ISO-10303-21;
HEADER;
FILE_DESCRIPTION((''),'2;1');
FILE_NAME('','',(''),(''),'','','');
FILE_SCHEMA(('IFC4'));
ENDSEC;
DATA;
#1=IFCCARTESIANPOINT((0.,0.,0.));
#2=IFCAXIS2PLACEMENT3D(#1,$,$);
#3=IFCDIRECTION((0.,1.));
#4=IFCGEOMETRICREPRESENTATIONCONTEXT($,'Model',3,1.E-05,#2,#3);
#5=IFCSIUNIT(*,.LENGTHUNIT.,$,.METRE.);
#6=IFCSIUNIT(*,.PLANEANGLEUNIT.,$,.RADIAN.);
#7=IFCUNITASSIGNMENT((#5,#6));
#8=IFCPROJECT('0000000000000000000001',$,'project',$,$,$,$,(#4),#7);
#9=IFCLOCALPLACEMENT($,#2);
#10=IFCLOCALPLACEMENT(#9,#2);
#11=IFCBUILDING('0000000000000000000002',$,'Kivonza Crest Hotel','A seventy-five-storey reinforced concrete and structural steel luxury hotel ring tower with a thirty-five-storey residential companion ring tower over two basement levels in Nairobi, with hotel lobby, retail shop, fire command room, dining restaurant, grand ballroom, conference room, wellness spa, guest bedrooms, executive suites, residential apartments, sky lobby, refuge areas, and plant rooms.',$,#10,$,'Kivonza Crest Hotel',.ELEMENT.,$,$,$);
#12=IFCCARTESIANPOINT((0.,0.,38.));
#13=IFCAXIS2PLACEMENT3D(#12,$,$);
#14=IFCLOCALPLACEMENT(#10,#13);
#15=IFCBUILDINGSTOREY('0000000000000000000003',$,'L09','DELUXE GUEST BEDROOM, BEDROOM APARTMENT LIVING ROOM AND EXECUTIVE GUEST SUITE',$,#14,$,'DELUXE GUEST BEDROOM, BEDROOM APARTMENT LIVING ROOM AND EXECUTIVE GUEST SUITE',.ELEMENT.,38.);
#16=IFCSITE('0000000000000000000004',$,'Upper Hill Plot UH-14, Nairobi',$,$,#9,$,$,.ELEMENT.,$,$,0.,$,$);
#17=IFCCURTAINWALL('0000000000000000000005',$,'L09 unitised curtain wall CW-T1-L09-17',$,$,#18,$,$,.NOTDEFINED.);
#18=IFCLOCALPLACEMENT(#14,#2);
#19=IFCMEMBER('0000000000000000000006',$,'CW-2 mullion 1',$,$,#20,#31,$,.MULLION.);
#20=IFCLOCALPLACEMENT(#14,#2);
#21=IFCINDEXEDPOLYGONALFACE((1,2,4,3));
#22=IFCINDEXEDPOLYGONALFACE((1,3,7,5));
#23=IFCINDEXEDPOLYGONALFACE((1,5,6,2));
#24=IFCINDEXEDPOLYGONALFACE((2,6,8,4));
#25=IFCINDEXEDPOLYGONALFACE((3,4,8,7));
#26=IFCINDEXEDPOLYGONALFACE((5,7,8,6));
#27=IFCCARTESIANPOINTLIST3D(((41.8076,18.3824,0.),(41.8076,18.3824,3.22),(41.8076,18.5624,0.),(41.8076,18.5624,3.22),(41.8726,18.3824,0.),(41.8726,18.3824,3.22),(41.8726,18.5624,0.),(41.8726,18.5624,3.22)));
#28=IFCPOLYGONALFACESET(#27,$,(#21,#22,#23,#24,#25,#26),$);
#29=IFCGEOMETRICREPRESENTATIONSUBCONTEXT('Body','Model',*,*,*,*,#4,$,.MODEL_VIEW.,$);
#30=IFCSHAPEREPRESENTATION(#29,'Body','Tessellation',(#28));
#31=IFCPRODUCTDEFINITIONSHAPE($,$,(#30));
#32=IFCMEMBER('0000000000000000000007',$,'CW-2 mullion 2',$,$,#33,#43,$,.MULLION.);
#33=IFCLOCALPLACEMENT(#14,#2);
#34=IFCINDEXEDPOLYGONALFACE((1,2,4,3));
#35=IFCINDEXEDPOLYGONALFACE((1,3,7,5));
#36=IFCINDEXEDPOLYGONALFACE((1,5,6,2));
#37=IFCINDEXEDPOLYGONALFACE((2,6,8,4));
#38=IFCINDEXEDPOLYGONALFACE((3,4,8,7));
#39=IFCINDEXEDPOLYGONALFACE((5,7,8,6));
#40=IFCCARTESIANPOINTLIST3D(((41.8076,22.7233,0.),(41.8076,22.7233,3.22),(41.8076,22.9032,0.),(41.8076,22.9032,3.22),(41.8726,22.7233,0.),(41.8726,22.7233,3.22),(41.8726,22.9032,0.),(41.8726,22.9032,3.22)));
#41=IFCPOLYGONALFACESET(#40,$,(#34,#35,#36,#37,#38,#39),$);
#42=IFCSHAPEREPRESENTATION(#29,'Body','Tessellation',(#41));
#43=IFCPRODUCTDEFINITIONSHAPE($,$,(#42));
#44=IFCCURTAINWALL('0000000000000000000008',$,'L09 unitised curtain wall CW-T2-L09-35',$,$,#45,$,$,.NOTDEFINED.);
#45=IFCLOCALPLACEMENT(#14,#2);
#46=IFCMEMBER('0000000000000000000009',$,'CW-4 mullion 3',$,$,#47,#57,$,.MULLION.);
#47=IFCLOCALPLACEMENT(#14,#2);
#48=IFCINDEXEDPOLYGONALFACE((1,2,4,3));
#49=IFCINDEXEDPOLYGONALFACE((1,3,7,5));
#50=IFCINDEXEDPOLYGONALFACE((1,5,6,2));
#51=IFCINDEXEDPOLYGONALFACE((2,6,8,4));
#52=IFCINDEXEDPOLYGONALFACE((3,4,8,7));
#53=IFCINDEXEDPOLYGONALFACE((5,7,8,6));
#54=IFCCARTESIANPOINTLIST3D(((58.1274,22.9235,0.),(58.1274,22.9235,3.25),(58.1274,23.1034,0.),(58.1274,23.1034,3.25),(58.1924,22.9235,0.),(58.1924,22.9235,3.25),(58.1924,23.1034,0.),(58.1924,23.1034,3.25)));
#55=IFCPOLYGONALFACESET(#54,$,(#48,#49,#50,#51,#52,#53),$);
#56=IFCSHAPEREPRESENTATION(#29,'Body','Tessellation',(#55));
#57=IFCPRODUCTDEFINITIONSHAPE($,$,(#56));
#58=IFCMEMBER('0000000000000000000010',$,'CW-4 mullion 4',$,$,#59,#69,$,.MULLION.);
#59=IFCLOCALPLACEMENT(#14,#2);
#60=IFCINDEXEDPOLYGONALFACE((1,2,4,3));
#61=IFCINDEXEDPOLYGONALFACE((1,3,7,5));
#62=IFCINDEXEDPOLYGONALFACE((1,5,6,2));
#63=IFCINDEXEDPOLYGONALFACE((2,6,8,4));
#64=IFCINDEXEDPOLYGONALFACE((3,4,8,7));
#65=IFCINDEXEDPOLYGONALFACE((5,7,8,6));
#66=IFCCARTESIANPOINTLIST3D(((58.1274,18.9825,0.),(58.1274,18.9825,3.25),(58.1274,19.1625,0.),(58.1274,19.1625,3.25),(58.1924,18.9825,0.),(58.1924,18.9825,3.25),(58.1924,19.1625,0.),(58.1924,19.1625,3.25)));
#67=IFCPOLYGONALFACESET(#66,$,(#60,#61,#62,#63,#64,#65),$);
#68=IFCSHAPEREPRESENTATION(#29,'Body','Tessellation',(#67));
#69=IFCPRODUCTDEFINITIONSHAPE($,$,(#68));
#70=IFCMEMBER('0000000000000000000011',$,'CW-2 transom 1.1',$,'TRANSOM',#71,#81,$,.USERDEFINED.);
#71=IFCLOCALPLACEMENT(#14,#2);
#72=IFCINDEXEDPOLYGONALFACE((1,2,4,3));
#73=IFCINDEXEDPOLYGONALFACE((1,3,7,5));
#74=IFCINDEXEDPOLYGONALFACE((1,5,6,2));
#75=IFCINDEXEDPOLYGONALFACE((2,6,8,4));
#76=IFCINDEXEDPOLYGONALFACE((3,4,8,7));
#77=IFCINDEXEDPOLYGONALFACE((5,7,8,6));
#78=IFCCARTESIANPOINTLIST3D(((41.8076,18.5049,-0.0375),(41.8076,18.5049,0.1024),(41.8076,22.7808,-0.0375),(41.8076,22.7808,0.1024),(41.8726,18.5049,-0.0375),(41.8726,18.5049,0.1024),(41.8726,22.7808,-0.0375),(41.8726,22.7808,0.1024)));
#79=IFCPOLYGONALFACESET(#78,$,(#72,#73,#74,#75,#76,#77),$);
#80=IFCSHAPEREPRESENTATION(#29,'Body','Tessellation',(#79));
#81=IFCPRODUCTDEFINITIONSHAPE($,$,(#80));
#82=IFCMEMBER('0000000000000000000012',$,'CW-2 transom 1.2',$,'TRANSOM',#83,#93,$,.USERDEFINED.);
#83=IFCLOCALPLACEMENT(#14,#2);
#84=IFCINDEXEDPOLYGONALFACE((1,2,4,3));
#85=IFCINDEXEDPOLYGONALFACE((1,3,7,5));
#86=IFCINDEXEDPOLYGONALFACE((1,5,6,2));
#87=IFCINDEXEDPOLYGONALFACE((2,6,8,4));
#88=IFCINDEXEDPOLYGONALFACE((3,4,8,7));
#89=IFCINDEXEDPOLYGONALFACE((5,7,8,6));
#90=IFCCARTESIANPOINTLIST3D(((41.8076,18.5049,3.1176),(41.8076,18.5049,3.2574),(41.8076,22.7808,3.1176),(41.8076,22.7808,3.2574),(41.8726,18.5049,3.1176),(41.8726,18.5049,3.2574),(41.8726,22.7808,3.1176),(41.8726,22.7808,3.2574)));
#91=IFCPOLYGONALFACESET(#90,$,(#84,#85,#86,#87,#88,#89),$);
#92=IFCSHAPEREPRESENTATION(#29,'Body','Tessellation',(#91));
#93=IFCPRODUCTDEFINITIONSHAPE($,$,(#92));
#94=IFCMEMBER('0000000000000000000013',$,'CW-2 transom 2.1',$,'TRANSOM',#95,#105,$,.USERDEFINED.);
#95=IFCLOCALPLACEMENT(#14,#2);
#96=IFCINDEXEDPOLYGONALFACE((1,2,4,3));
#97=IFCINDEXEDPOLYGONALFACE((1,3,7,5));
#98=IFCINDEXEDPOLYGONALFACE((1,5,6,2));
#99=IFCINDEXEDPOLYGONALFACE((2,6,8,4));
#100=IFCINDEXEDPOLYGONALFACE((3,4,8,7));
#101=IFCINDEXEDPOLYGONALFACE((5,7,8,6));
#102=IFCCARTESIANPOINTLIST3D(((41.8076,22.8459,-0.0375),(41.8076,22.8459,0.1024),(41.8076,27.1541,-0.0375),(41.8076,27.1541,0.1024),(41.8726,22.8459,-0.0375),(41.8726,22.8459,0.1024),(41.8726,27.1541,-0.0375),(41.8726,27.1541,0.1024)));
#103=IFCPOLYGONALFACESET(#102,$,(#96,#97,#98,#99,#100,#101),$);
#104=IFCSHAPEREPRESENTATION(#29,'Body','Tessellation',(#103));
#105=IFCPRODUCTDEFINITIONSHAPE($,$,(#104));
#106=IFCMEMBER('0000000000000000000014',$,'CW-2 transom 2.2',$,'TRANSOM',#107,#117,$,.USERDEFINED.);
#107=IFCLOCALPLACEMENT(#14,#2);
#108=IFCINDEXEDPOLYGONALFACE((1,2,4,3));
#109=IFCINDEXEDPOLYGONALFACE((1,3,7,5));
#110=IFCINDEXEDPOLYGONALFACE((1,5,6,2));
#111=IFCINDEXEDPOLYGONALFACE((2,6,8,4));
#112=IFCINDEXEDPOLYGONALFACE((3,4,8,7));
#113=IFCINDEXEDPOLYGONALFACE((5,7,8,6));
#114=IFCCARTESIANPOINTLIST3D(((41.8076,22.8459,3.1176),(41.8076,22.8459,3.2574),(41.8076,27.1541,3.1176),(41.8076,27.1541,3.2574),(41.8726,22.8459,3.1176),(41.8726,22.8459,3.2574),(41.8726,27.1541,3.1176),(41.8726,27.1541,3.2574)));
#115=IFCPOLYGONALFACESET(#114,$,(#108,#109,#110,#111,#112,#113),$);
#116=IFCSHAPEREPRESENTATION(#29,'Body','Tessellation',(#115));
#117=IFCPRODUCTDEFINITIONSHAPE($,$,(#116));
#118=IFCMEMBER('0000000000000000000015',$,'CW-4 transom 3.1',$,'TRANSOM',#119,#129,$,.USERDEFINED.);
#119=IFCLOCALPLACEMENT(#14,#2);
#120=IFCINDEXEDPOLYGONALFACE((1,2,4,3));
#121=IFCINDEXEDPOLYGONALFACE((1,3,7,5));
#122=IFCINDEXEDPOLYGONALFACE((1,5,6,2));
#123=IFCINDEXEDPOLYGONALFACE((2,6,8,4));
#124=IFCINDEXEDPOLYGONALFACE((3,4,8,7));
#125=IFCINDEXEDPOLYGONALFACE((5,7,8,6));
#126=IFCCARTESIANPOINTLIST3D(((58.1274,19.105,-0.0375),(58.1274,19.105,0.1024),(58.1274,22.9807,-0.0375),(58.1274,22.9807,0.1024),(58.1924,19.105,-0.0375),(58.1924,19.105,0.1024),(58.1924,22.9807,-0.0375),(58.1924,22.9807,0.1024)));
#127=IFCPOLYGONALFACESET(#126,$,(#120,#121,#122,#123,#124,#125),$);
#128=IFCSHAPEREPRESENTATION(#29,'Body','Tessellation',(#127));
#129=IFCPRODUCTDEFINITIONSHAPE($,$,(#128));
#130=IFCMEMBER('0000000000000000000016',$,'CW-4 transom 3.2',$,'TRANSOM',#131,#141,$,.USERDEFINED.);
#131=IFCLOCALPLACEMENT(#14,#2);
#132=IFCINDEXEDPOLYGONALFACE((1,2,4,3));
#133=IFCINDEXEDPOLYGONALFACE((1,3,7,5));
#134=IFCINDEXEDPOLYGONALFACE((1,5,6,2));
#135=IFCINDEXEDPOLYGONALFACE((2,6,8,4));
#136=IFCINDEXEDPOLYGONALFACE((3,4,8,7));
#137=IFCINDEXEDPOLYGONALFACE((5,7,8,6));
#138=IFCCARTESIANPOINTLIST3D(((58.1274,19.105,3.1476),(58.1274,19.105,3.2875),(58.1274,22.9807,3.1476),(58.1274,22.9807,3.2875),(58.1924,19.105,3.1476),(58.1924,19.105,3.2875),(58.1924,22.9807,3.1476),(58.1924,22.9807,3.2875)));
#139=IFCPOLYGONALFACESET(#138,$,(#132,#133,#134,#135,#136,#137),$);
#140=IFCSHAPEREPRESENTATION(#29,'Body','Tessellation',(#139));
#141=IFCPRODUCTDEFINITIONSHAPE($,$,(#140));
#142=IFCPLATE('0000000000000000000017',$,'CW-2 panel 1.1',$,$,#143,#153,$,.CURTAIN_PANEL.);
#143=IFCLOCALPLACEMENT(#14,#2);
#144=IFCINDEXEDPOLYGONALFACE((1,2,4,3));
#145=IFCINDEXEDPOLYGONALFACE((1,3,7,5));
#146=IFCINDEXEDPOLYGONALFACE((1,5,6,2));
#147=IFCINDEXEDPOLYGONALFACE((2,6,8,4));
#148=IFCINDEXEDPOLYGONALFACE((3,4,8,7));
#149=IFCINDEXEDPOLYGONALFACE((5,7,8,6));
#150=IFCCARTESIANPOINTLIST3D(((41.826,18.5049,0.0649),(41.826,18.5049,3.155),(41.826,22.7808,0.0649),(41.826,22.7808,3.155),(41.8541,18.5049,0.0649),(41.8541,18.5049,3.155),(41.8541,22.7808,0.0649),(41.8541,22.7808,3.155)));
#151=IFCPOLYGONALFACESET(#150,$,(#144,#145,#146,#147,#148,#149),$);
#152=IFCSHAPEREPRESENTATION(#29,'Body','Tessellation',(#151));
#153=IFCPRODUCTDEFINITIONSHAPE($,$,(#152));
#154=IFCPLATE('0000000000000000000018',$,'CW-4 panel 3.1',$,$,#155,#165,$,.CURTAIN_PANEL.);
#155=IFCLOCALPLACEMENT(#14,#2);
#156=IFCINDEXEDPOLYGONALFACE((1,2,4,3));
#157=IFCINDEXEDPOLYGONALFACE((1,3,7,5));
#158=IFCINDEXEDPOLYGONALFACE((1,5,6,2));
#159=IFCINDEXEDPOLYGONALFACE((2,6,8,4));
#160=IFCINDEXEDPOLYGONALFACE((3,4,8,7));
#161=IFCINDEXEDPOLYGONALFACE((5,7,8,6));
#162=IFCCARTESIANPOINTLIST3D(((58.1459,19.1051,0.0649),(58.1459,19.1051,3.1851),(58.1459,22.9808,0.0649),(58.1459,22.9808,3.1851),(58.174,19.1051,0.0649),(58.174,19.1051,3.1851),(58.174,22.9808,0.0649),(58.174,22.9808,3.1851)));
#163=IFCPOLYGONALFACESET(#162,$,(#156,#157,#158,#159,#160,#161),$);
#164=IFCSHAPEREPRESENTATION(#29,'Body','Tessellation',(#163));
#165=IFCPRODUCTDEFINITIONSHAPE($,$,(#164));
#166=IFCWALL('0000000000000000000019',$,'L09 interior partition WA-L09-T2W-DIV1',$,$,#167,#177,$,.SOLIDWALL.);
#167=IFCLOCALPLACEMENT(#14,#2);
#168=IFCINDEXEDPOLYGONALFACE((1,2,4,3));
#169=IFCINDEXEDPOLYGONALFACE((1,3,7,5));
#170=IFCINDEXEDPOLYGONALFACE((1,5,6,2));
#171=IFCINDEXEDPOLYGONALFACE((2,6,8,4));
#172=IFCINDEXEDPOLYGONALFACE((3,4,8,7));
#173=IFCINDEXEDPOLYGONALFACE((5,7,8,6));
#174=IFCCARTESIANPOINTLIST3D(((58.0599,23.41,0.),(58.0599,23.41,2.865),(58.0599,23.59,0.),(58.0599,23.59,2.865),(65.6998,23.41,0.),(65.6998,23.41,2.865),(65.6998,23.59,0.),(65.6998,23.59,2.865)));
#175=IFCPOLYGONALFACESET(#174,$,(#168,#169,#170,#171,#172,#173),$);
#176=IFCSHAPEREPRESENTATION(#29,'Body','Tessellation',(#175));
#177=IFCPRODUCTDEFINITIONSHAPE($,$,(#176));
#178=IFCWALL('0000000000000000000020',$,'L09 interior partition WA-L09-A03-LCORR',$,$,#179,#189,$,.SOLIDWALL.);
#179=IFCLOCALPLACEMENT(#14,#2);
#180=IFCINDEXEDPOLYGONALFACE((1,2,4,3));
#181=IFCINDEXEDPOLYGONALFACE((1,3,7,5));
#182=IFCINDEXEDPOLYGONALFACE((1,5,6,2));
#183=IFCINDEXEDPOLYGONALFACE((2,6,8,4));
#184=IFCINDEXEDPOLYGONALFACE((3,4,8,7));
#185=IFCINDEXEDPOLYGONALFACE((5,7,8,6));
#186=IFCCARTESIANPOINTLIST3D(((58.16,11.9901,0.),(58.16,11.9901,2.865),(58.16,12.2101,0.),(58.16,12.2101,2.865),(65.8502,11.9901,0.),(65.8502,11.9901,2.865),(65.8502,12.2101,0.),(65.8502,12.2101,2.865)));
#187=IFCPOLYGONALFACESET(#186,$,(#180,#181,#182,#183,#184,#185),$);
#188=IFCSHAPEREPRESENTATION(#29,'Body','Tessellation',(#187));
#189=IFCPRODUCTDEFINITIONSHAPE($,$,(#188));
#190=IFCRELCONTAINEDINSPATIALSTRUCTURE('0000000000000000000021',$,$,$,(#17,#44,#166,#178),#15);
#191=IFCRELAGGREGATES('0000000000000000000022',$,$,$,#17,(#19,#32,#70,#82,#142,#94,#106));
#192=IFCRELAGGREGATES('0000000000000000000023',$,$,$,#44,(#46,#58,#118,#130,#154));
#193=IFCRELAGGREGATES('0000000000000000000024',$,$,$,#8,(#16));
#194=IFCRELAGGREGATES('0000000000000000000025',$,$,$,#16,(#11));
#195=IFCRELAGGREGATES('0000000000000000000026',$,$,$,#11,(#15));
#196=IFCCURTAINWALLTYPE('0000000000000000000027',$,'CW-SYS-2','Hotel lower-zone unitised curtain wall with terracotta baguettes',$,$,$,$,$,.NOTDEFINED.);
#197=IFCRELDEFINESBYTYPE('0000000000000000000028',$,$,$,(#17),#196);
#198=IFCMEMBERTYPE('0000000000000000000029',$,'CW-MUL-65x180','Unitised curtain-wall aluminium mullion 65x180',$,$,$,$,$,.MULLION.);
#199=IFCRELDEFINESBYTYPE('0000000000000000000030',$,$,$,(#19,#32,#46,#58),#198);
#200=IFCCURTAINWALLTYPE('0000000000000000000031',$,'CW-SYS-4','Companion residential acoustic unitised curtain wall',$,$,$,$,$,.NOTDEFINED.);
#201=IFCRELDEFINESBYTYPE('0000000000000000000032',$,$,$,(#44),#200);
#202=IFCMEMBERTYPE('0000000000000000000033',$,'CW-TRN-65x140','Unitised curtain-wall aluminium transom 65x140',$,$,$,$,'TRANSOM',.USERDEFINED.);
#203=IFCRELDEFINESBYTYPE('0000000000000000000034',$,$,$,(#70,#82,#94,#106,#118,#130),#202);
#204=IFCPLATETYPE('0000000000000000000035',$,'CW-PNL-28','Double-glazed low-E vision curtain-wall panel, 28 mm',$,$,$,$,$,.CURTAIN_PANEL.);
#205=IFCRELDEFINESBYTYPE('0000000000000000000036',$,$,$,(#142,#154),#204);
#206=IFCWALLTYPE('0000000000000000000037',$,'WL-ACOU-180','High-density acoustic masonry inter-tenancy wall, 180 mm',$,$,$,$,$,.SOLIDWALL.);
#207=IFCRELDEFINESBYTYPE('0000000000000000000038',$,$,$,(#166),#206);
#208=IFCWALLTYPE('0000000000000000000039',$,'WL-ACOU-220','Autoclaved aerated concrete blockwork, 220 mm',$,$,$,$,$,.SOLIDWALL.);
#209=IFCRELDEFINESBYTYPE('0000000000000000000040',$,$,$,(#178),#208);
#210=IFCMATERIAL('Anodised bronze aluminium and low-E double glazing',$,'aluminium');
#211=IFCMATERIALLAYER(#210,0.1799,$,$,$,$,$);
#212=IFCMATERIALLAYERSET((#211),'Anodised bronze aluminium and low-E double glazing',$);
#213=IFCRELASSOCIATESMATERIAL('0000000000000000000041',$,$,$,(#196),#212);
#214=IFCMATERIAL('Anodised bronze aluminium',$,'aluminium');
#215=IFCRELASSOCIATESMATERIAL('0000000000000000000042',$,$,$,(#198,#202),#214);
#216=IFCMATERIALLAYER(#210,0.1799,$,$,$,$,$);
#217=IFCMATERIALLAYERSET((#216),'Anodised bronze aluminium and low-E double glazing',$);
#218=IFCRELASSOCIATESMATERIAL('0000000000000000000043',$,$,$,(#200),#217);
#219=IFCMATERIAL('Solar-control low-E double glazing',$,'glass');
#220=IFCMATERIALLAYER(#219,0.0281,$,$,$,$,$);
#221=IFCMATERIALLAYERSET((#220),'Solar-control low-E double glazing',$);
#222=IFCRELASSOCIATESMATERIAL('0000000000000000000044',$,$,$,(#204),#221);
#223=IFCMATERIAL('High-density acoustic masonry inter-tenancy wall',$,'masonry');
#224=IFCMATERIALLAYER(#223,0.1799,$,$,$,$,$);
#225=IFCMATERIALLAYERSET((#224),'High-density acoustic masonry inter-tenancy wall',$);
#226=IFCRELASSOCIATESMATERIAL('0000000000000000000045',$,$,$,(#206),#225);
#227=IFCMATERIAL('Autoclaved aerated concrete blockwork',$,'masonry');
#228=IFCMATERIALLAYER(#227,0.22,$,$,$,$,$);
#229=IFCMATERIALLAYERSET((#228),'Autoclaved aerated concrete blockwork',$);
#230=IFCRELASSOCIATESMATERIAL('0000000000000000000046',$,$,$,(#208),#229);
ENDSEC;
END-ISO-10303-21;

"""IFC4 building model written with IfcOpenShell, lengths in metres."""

from ifc_helpers import new_model, si_unit, direction, frame, frame_2d, origin, origin_2d, place, context, subcontext, project, spatial, rectangle, extrude, material, layer, layer_set, material_profile, profile_set, type_object, element, aggregate, save


model = new_model("IFC4")

# Units and contexts
model_context = context("Model", 3, precision=1e-05, world=origin(), true_north=direction((0.0, 1.0)))
body_context = subcontext(model_context, "Body", "Model", "MODEL_VIEW")
ifc_project = project(units=[si_unit("LENGTHUNIT", "METRE"), si_unit("PLANEANGLEUNIT", "RADIAN")], contexts=[model_context])

# Site, building, storey
site_placement = place(None, origin())
site = spatial("IfcSite", under=ifc_project, at=site_placement, Name="Upper Hill Plot UH-14, Nairobi", CompositionType="ELEMENT", RefElevation=0.0)
building_placement = place(site_placement, origin())
building = spatial("IfcBuilding", under=site, at=building_placement, Name="Kivonza Crest Hotel", Description="A seventy-five-storey reinforced concrete and structural steel luxury hotel ring tower with a thirty-five-storey residential companion ring tower over two basement levels in Nairobi, with hotel lobby, retail shop, fire command room, dining restaurant, grand ballroom, conference room, wellness spa, guest bedrooms, executive suites, residential apartments, sky lobby, refuge areas, and plant rooms.", LongName="Kivonza Crest Hotel", CompositionType="ELEMENT")
storey_placement = place(building_placement, frame((0.0, 0.0, 38.0)))
storey = spatial("IfcBuildingStorey", under=building, at=storey_placement, Name="L09", Description="DELUXE GUEST BEDROOM, BEDROOM APARTMENT LIVING ROOM AND EXECUTIVE GUEST SUITE", LongName="DELUXE GUEST BEDROOM, BEDROOM APARTMENT LIVING ROOM AND EXECUTIVE GUEST SUITE", CompositionType="ELEMENT", Elevation=38.0)

# Curtain walls, members
ifc_material_1 = material(Name="Anodised bronze aluminium and low-E double glazing", Category="aluminium")
ifc_layer_1 = layer(ifc_material_1, 0.1799)
ifc_layer_set_1 = layer_set([ifc_layer_1], Name="Anodised bronze aluminium and low-E double glazing")
curtain_wall_type_1 = type_object("IfcCurtainWallType", Name="CW-SYS-2", Description="Hotel lower-zone unitised curtain wall with terracotta baguettes", PredefinedType="NOTDEFINED", material=ifc_layer_set_1)
curtain_wall_1_placement = place(storey_placement, origin())
curtain_wall_1 = element("IfcCurtainWall", 1, at=curtain_wall_1_placement, inside=storey, type_object=curtain_wall_type_1, Name="L09 unitised curtain wall CW-T1-L09-17", PredefinedType="NOTDEFINED")
ifc_material_2 = material(Name="Anodised bronze aluminium", Category="aluminium")
ifc_material_profile_1 = material_profile(ifc_material_2, rectangle(XDim=0.0649, YDim=0.1799, at=origin_2d()), Name="CW-M 65x180")
ifc_profile_set_1 = profile_set([ifc_material_profile_1], Name="Anodised bronze aluminium")
member_type_1 = type_object("IfcMemberType", Name="CW-MUL-65x180", Description="Unitised curtain-wall aluminium mullion 65x180", PredefinedType="MULLION", material=ifc_profile_set_1)
member_1_placement = place(storey_placement, frame((41.8401, 18.4724, 0.0), z_axis=(0.0, 0.0, 1.0), x_axis=(-1.0, 0.0, 0.0)))
member_1 = element("IfcMember", 2, at=member_1_placement, type_object=member_type_1, Name="CW-2 mullion 1", PredefinedType="MULLION", context=body_context, shape_type="SweptSolid", body=[
    extrude(rectangle(XDim=0.0649, YDim=0.1799, at=origin_2d()), origin(), (0.0, 0.0, 1.0), 3.22),
])
member_2_placement = place(storey_placement, frame((41.8401, 22.8132, 0.0), z_axis=(0.0, 0.0, 1.0), x_axis=(-1.0, 0.0, 0.0)))
member_2 = element("IfcMember", 3, at=member_2_placement, type_object=member_type_1, Name="CW-2 mullion 2", PredefinedType="MULLION", context=body_context, shape_type="SweptSolid", body=[
    extrude(rectangle(XDim=0.0649, YDim=0.1799, at=origin_2d()), origin(), (0.0, 0.0, 1.0), 3.22),
])
ifc_layer_2 = layer(ifc_material_1, 0.1799)
ifc_layer_set_2 = layer_set([ifc_layer_2], Name="Anodised bronze aluminium and low-E double glazing")
curtain_wall_type_2 = type_object("IfcCurtainWallType", Name="CW-SYS-4", Description="Companion residential acoustic unitised curtain wall", PredefinedType="NOTDEFINED", material=ifc_layer_set_2)
curtain_wall_2_placement = place(storey_placement, origin())
curtain_wall_2 = element("IfcCurtainWall", 4, at=curtain_wall_2_placement, inside=storey, type_object=curtain_wall_type_2, Name="L09 unitised curtain wall CW-T2-L09-35", PredefinedType="NOTDEFINED")
member_3_placement = place(storey_placement, frame((58.1599, 23.0134, 0.0), z_axis=(0.0, 0.0, 1.0), x_axis=(1.0, 0.0, 0.0)))
member_3 = element("IfcMember", 5, at=member_3_placement, type_object=member_type_1, Name="CW-4 mullion 3", PredefinedType="MULLION", context=body_context, shape_type="SweptSolid", body=[
    extrude(rectangle(XDim=0.0649, YDim=0.1799, at=origin_2d()), origin(), (0.0, 0.0, 1.0), 3.25),
])
member_4_placement = place(storey_placement, frame((58.1599, 19.0725, 0.0), z_axis=(0.0, 0.0, 1.0), x_axis=(1.0, 0.0, 0.0)))
member_4 = element("IfcMember", 6, at=member_4_placement, type_object=member_type_1, Name="CW-4 mullion 4", PredefinedType="MULLION", context=body_context, shape_type="SweptSolid", body=[
    extrude(rectangle(XDim=0.0649, YDim=0.1799, at=origin_2d()), origin(), (0.0, 0.0, 1.0), 3.25),
])

# Members
ifc_material_profile_2 = material_profile(ifc_material_2, rectangle(XDim=0.0649, YDim=0.1399, at=origin_2d()), Name="CW-T 65x140")
ifc_profile_set_2 = profile_set([ifc_material_profile_2], Name="Anodised bronze aluminium")
member_type_2 = type_object("IfcMemberType", Name="CW-TRN-65x140", Description="Unitised curtain-wall aluminium transom 65x140", ElementType="TRANSOM", PredefinedType="USERDEFINED", material=ifc_profile_set_2)
member_5_placement = place(storey_placement, frame((41.8401, 18.5049, 0.0325), z_axis=(0.0, 1.0, 0.0), x_axis=(-1.0, 0.0, 0.0)))
member_5 = element("IfcMember", 7, at=member_5_placement, type_object=member_type_2, Name="CW-2 transom 1.1", ObjectType="TRANSOM", PredefinedType="USERDEFINED", context=body_context, shape_type="SweptSolid", body=[
    extrude(rectangle(XDim=0.0649, YDim=0.1399, at=origin_2d()), origin(), (0.0, 0.0, 1.0), 4.2759),
])
member_6_placement = place(storey_placement, frame((41.8401, 18.5049, 3.1875), z_axis=(0.0, 1.0, 0.0), x_axis=(-1.0, 0.0, 0.0)))
member_6 = element("IfcMember", 8, at=member_6_placement, type_object=member_type_2, Name="CW-2 transom 1.2", ObjectType="TRANSOM", PredefinedType="USERDEFINED", context=body_context, shape_type="SweptSolid", body=[
    extrude(rectangle(XDim=0.0649, YDim=0.1399, at=origin_2d()), origin(), (0.0, 0.0, 1.0), 4.2759),
])
member_7_placement = place(storey_placement, frame((41.8401, 22.8459, 0.0325), z_axis=(0.0, 1.0, 0.0), x_axis=(-1.0, 0.0, 0.0)))
member_7 = element("IfcMember", 9, at=member_7_placement, type_object=member_type_2, Name="CW-2 transom 2.1", ObjectType="TRANSOM", PredefinedType="USERDEFINED", context=body_context, shape_type="SweptSolid", body=[
    extrude(rectangle(XDim=0.0649, YDim=0.1399, at=origin_2d()), origin(), (0.0, 0.0, 1.0), 4.3081),
])
member_8_placement = place(storey_placement, frame((41.8401, 22.8459, 3.1875), z_axis=(0.0, 1.0, 0.0), x_axis=(-1.0, 0.0, 0.0)))
member_8 = element("IfcMember", 10, at=member_8_placement, type_object=member_type_2, Name="CW-2 transom 2.2", ObjectType="TRANSOM", PredefinedType="USERDEFINED", context=body_context, shape_type="SweptSolid", body=[
    extrude(rectangle(XDim=0.0649, YDim=0.1399, at=origin_2d()), origin(), (0.0, 0.0, 1.0), 4.3081),
])
member_9_placement = place(storey_placement, frame((58.1599, 22.9807, 0.0325), z_axis=(0.0, -1.0, 0.0), x_axis=(1.0, 0.0, 0.0)))
member_9 = element("IfcMember", 11, at=member_9_placement, type_object=member_type_2, Name="CW-4 transom 3.1", ObjectType="TRANSOM", PredefinedType="USERDEFINED", context=body_context, shape_type="SweptSolid", body=[
    extrude(rectangle(XDim=0.0649, YDim=0.1399, at=origin_2d()), origin(), (0.0, 0.0, 1.0), 3.8757),
])
member_10_placement = place(storey_placement, frame((58.1599, 22.9807, 3.2175), z_axis=(0.0, -1.0, 0.0), x_axis=(1.0, 0.0, 0.0)))
member_10 = element("IfcMember", 12, at=member_10_placement, type_object=member_type_2, Name="CW-4 transom 3.2", ObjectType="TRANSOM", PredefinedType="USERDEFINED", context=body_context, shape_type="SweptSolid", body=[
    extrude(rectangle(XDim=0.0649, YDim=0.1399, at=origin_2d()), origin(), (0.0, 0.0, 1.0), 3.8757),
])

# Plates
ifc_material_3 = material(Name="Solar-control low-E double glazing", Category="glass")
ifc_layer_3 = layer(ifc_material_3, 0.0281)
ifc_layer_set_3 = layer_set([ifc_layer_3], Name="Solar-control low-E double glazing")
plate_type = type_object("IfcPlateType", Name="CW-PNL-28", Description="Double-glazed low-E vision curtain-wall panel, 28 mm", PredefinedType="CURTAIN_PANEL", material=ifc_layer_set_3)
plate_1_placement = place(storey_placement, frame((41.8401, 20.6428, 0.0649), z_axis=(0.0, 0.0, 1.0), x_axis=(0.0, 1.0, 0.0)))
plate_1 = element("IfcPlate", 13, at=plate_1_placement, type_object=plate_type, Name="CW-2 panel 1.1", PredefinedType="CURTAIN_PANEL", context=body_context, shape_type="SweptSolid", body=[
    extrude(rectangle(XDim=4.2759, YDim=0.0281, at=origin_2d()), origin(), (0.0, 0.0, 1.0), 3.0901),
])
aggregate(curtain_wall_1, [member_1, member_2, member_5, member_6, plate_1, member_7, member_8])
plate_2_placement = place(storey_placement, frame((58.1599, 21.043, 0.0649), z_axis=(0.0, 0.0, 1.0), x_axis=(0.0, -1.0, 0.0)))
plate_2 = element("IfcPlate", 14, at=plate_2_placement, type_object=plate_type, Name="CW-4 panel 3.1", PredefinedType="CURTAIN_PANEL", context=body_context, shape_type="SweptSolid", body=[
    extrude(rectangle(XDim=3.8757, YDim=0.0281, at=origin_2d()), origin(), (0.0, 0.0, 1.0), 3.1201),
])
aggregate(curtain_wall_2, [member_3, member_4, member_9, member_10, plate_2])

# Walls
ifc_material_4 = material(Name="High-density acoustic masonry inter-tenancy wall", Category="masonry")
ifc_layer_4 = layer(ifc_material_4, 0.1799)
ifc_layer_set_4 = layer_set([ifc_layer_4], Name="High-density acoustic masonry inter-tenancy wall")
wall_type_1 = type_object("IfcWallType", Name="WL-ACOU-180", Description="High-density acoustic masonry inter-tenancy wall, 180 mm", PredefinedType="SOLIDWALL", material=ifc_layer_set_4)
wall_1_placement = place(storey_placement, frame((58.0601, 23.5, 0.0), z_axis=(0.0, 0.0, 1.0), x_axis=(1.0, 0.0, 0.0)))
element("IfcWall", 15, at=wall_1_placement, inside=storey, type_object=wall_type_1, Name="L09 interior partition WA-L09-T2W-DIV1", PredefinedType="SOLIDWALL", context=body_context, shape_type="SweptSolid", body=[
    extrude(rectangle(XDim=7.6399, YDim=0.1799, at=frame_2d((3.8198, 0.0))), origin(), (0.0, 0.0, 1.0), 2.865),
])
ifc_material_5 = material(Name="Autoclaved aerated concrete blockwork", Category="masonry")
ifc_layer_5 = layer(ifc_material_5, 0.22)
ifc_layer_set_5 = layer_set([ifc_layer_5], Name="Autoclaved aerated concrete blockwork")
wall_type_2 = type_object("IfcWallType", Name="WL-ACOU-220", Description="Autoclaved aerated concrete blockwork, 220 mm", PredefinedType="SOLIDWALL", material=ifc_layer_set_5)
wall_2_placement = place(storey_placement, frame((58.1599, 12.1001, 0.0), z_axis=(0.0, 0.0, 1.0), x_axis=(1.0, 0.0, 0.0)))
element("IfcWall", 16, at=wall_2_placement, inside=storey, type_object=wall_type_2, Name="L09 interior partition WA-L09-A03-LCORR", PredefinedType="SOLIDWALL", context=body_context, shape_type="SweptSolid", body=[
    extrude(rectangle(XDim=7.6902, YDim=0.22, at=frame_2d((3.8452, 0.0))), origin(), (0.0, 0.0, 1.0), 2.865),
])

save(model, "model.ifc")
